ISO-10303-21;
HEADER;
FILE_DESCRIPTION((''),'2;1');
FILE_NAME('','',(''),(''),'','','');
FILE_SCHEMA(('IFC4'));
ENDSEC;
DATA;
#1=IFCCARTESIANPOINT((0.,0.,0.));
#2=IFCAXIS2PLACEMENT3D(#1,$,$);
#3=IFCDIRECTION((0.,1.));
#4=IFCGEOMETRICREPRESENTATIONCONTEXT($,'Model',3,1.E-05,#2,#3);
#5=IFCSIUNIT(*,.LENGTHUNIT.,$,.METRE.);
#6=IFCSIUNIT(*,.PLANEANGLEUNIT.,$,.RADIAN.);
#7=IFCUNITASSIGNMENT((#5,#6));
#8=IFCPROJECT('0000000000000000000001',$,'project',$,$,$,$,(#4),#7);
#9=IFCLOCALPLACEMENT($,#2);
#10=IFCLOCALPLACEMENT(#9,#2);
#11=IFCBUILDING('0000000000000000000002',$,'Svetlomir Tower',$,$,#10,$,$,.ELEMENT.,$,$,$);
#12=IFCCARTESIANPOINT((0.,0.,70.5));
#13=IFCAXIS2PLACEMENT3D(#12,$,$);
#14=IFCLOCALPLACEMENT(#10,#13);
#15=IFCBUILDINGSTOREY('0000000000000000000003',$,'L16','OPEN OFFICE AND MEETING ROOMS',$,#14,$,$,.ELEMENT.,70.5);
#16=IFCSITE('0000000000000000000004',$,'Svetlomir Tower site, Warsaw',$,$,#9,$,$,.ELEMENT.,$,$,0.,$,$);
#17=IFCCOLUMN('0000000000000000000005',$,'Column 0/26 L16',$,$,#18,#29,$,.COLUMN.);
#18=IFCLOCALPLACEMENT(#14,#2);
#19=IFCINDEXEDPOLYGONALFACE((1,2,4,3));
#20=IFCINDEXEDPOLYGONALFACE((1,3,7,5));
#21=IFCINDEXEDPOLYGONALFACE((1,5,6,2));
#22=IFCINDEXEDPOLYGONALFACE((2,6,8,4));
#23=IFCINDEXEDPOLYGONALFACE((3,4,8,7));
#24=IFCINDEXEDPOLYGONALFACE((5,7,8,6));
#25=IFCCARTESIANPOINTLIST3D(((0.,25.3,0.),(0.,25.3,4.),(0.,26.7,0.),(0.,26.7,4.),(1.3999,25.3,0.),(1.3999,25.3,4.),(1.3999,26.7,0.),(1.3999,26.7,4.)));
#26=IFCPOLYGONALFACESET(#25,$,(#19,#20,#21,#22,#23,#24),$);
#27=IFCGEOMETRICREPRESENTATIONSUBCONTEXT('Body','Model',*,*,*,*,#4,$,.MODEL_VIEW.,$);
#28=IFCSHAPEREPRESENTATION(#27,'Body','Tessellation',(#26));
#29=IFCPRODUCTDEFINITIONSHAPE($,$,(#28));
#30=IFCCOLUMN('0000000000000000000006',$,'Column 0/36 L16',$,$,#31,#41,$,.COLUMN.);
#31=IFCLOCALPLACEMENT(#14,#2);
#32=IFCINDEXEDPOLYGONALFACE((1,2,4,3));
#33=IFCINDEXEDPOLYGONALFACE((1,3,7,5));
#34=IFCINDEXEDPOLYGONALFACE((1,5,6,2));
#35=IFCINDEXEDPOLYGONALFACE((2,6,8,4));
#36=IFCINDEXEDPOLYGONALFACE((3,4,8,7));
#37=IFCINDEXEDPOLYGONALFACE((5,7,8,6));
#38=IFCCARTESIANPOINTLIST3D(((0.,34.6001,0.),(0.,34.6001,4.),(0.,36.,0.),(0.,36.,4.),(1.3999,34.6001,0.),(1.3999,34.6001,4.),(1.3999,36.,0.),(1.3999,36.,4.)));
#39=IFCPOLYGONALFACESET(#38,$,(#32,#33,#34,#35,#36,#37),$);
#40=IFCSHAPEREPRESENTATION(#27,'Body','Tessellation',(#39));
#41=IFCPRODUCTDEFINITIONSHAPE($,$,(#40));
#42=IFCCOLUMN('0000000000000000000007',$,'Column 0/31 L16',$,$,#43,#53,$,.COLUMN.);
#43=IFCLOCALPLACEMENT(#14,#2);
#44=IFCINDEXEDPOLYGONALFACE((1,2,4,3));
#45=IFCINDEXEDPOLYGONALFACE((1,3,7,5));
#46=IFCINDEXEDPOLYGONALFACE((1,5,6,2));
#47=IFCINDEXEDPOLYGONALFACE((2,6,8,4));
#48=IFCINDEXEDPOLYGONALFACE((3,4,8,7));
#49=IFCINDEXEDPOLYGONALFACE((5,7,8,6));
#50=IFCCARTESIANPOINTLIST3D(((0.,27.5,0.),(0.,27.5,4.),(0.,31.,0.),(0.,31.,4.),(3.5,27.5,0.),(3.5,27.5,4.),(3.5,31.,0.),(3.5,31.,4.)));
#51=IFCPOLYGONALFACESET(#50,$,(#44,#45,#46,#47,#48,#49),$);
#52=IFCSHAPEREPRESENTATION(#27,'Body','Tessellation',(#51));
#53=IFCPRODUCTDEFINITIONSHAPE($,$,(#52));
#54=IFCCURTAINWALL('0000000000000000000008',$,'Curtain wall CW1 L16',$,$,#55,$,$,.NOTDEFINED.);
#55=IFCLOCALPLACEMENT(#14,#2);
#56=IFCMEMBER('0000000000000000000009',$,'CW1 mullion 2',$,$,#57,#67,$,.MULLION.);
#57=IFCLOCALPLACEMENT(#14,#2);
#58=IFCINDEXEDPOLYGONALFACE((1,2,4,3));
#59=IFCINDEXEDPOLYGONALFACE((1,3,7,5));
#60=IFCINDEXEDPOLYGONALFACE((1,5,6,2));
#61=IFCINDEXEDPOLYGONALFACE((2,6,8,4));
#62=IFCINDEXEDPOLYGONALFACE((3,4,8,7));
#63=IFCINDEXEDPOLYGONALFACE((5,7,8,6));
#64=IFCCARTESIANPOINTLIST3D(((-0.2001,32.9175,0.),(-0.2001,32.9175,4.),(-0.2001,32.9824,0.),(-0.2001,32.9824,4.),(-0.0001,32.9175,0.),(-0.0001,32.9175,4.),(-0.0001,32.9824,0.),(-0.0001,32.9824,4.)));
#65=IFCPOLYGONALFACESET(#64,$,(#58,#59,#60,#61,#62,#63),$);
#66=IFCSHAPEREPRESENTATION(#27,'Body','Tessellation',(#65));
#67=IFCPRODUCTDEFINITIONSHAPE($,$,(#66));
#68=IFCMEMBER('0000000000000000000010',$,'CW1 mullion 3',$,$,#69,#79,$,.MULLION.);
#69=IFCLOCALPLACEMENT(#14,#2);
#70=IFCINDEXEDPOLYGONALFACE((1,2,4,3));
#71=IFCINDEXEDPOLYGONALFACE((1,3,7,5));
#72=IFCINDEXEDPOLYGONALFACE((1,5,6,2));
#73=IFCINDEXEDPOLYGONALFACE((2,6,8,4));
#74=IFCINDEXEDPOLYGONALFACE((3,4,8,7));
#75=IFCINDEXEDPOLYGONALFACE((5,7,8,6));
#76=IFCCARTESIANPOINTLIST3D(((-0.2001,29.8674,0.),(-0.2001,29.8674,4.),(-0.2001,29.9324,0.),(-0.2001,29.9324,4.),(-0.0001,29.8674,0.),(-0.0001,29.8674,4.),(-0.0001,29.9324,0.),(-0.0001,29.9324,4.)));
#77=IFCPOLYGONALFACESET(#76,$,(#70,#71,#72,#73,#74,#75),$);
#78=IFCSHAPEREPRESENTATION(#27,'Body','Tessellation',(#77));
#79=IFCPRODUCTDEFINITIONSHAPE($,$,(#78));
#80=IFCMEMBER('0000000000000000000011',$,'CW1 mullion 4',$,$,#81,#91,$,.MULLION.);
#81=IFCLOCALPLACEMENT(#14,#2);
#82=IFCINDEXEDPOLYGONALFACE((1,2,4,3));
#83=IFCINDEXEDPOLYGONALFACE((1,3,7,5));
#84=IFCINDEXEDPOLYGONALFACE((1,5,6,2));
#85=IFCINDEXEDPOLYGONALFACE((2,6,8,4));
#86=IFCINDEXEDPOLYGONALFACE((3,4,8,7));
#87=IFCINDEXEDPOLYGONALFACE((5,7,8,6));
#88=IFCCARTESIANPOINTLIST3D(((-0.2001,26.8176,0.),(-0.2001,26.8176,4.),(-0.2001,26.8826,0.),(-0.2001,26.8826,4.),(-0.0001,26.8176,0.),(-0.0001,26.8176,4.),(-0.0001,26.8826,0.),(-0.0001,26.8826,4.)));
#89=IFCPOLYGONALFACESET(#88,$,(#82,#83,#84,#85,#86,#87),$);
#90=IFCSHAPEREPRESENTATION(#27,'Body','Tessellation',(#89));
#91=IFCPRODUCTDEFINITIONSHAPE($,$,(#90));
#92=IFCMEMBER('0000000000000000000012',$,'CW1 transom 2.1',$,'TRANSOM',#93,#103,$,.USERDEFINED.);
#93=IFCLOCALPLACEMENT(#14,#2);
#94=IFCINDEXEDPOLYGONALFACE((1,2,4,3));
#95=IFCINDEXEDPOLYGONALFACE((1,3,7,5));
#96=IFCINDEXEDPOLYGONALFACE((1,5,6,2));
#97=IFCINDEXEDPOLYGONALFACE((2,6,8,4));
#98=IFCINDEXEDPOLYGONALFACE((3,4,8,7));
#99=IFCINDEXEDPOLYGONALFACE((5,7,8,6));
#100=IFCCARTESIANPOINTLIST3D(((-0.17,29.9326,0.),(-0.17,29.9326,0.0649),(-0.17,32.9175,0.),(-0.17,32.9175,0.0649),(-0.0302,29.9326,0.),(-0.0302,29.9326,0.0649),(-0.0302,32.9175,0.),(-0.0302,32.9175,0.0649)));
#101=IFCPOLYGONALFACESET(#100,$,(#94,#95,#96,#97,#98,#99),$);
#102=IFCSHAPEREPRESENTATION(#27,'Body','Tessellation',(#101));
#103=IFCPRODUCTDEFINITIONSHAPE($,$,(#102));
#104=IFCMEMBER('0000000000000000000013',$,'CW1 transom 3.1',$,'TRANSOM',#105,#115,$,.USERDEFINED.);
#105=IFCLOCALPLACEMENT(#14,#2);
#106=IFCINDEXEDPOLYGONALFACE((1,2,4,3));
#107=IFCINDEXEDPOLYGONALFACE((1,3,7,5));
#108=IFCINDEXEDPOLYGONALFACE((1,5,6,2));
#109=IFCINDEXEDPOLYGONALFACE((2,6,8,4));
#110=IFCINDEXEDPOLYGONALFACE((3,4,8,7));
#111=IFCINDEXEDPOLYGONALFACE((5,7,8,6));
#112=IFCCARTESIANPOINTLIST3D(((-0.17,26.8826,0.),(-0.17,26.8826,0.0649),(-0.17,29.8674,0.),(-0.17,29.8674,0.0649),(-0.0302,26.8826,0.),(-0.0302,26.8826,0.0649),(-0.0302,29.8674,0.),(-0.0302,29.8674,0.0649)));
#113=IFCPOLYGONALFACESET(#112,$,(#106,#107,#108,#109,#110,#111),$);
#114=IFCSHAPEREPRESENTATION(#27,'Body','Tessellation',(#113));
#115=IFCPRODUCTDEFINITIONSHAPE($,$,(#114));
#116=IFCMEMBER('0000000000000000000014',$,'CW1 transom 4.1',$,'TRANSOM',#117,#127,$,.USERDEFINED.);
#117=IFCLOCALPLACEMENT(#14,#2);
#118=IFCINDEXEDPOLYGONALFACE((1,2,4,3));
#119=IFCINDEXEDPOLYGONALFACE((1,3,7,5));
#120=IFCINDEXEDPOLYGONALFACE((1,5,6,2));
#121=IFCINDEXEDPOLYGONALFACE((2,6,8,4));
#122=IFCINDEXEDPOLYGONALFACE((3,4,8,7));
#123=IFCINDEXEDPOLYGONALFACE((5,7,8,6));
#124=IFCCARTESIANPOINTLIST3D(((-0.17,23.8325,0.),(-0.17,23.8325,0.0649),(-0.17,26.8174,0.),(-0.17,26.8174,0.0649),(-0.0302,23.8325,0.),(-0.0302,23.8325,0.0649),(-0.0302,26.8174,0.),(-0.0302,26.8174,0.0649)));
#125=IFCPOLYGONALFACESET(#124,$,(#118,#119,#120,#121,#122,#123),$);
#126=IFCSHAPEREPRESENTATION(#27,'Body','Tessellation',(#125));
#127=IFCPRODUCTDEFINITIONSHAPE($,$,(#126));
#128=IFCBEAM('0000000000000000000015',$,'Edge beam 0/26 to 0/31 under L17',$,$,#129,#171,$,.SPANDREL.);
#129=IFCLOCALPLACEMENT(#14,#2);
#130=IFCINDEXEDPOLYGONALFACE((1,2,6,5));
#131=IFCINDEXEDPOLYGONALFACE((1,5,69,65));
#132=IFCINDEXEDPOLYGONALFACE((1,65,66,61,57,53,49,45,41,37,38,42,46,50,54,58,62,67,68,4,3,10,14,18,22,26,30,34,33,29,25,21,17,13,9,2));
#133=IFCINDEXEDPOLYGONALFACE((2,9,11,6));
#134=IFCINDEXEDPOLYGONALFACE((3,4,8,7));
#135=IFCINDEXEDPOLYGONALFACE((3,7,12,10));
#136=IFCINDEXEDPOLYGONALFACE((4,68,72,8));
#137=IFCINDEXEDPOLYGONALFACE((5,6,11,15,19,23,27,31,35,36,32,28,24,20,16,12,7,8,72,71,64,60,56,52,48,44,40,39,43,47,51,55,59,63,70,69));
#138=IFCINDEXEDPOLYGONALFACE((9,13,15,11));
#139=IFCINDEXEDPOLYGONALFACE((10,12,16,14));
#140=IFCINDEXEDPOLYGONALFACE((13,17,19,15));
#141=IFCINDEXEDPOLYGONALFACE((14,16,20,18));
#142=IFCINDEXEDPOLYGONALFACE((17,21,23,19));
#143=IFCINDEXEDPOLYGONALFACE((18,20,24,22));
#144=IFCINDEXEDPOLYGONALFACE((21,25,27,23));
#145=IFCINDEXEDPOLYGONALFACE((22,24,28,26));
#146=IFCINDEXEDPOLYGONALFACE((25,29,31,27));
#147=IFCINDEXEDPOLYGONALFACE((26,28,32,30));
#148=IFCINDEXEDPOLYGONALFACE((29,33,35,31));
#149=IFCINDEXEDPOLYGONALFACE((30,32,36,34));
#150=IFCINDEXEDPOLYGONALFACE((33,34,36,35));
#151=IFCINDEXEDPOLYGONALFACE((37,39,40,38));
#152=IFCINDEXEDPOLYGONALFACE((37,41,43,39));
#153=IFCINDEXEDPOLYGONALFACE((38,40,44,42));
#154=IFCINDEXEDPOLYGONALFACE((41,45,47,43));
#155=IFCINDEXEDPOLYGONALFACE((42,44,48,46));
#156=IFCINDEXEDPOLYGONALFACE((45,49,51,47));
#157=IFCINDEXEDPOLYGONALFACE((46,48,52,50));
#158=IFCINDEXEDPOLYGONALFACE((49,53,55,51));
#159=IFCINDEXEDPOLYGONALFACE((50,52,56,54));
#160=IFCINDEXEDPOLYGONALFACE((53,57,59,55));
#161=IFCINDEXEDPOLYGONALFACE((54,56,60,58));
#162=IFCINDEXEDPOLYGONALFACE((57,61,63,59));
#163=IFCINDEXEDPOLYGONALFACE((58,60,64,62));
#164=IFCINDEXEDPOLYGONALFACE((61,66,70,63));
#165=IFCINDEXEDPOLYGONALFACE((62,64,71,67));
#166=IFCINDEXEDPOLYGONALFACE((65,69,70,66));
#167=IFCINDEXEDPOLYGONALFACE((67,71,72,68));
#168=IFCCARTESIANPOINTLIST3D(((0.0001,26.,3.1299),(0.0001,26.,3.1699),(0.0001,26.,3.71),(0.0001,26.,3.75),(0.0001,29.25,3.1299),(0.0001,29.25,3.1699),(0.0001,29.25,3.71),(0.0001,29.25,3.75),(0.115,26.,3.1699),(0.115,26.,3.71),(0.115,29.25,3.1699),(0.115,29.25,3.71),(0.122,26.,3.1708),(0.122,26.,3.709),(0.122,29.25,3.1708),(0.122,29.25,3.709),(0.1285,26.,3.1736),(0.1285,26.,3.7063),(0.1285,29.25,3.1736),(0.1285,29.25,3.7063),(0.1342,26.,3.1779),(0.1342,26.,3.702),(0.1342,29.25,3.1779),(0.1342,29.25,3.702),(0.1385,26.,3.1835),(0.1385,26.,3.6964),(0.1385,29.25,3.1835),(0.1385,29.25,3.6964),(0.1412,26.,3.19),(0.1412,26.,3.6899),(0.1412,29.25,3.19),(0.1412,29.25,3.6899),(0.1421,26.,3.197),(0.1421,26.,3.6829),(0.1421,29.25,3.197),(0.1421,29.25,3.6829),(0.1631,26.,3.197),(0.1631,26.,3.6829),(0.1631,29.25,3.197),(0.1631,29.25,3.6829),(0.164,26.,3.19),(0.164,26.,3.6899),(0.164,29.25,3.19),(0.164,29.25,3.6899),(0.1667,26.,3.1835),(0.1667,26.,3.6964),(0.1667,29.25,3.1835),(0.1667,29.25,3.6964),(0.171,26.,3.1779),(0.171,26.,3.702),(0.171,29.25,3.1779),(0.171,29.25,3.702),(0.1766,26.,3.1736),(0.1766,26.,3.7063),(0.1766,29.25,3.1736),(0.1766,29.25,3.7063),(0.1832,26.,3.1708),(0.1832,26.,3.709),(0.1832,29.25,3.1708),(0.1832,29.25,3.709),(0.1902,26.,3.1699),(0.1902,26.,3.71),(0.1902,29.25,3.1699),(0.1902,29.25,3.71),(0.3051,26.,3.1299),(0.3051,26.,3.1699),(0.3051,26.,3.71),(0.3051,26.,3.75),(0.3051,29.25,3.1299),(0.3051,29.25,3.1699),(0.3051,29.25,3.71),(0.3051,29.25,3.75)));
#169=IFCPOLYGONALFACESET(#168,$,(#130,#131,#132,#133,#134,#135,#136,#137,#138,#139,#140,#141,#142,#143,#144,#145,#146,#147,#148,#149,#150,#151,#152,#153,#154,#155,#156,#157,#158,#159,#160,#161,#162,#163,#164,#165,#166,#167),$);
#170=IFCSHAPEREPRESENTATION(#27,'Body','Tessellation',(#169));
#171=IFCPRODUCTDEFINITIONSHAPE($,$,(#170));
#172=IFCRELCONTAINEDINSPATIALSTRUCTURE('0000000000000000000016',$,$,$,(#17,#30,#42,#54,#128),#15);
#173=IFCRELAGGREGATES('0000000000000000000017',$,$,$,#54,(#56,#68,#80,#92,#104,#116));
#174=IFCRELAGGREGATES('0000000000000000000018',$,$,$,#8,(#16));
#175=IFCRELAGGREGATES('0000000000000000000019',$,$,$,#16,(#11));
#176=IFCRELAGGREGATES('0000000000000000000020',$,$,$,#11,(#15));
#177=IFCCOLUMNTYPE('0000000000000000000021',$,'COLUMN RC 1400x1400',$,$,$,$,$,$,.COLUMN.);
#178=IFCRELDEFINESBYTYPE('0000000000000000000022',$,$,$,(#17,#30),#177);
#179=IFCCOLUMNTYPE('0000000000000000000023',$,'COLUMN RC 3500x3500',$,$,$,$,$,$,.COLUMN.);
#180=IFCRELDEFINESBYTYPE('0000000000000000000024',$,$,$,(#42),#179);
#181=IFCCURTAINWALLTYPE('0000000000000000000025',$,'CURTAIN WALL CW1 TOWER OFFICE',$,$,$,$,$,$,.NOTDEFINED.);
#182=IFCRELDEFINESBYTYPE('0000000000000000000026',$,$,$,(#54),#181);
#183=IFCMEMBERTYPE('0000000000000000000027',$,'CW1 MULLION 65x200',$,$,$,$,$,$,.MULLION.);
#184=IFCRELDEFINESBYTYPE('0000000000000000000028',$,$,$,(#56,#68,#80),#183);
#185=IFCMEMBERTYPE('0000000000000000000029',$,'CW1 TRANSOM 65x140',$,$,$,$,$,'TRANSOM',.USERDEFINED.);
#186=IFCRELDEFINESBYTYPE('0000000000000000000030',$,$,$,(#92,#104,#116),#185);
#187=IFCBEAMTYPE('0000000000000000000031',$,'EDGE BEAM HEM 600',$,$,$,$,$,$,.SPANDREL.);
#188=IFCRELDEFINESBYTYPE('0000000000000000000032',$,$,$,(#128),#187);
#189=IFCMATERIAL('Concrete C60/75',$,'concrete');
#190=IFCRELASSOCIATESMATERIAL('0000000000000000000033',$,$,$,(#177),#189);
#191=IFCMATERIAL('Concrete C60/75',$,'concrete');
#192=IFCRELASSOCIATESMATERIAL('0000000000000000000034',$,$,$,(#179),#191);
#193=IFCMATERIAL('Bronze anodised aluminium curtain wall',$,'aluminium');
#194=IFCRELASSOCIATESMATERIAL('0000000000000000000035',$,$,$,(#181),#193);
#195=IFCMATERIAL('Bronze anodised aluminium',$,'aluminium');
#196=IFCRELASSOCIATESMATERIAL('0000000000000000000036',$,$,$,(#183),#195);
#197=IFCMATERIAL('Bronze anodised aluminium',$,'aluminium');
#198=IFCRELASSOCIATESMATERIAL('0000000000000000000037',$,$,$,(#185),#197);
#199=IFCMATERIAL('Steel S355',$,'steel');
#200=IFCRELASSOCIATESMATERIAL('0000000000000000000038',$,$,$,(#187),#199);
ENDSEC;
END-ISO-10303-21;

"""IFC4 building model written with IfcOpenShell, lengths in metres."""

from ifc_helpers import new_model, si_unit, direction, frame, origin, origin_2d, place, context, subcontext, project, spatial, rectangle, i_section, extrude, material, material_profile, profile_set, type_object, element, aggregate, save


model = new_model("IFC4")

# Units and contexts
model_context = context("Model", 3, precision=1e-05, world=origin(), true_north=direction((0.0, 1.0)))
body_context = subcontext(model_context, "Body", "Model", "MODEL_VIEW")
ifc_project = project(units=[si_unit("LENGTHUNIT", "METRE"), si_unit("PLANEANGLEUNIT", "RADIAN")], contexts=[model_context])

# Site, building, storey
site_placement = place(None, origin())
site = spatial("IfcSite", under=ifc_project, at=site_placement, Name="Svetlomir Tower site, Warsaw", CompositionType="ELEMENT", RefElevation=0.0)
building_placement = place(site_placement, origin())
building = spatial("IfcBuilding", under=site, at=building_placement, Name="Svetlomir Tower", CompositionType="ELEMENT")
storey_placement = place(building_placement, frame((0.0, 0.0, 70.5)))
storey = spatial("IfcBuildingStorey", under=building, at=storey_placement, Name="L16", Description="OPEN OFFICE AND MEETING ROOMS", CompositionType="ELEMENT", Elevation=70.5)

# Columns
ifc_material_1 = material(Name="Concrete C60/75", Category="concrete")
ifc_material_profile_1 = material_profile(ifc_material_1, rectangle(XDim=1.3999, YDim=1.3999, at=origin_2d()), Name="RC 1400x1400")
ifc_profile_set_1 = profile_set([ifc_material_profile_1], Name="Concrete C60/75")
column_type_1 = type_object("IfcColumnType", Name="COLUMN RC 1400x1400", PredefinedType="COLUMN", material=ifc_profile_set_1)
for number, where, z_axis, x_axis, name in (
    (1, (0.7, 26.0, 0.0), (0.0, 0.0, 1.0), (1.0, 0.0, 0.0), "Column 0/26 L16"),
    (2, (0.7, 35.3, 0.0), (0.0, 0.0, 1.0), (1.0, 0.0, 0.0), "Column 0/36 L16"),
):
    element("IfcColumn", number, at=place(storey_placement, frame(where, z_axis=z_axis, x_axis=x_axis)), inside=storey, type_object=column_type_1, Name=name, PredefinedType="COLUMN", context=body_context, shape_type="SweptSolid", body=[
        extrude(rectangle(XDim=1.3999, YDim=1.3999, at=origin_2d()), origin(), (0.0, 0.0, 1.0), 4.0),
    ])
ifc_material_2 = material(Name="Concrete C60/75", Category="concrete")
ifc_material_profile_2 = material_profile(ifc_material_2, rectangle(XDim=3.5, YDim=3.5, at=origin_2d()), Name="RC 3500x3500")
ifc_profile_set_2 = profile_set([ifc_material_profile_2], Name="Concrete C60/75")
column_type_2 = type_object("IfcColumnType", Name="COLUMN RC 3500x3500", PredefinedType="COLUMN", material=ifc_profile_set_2)
column_placement = place(storey_placement, frame((1.75, 29.25, 0.0), z_axis=(0.0, 0.0, 1.0), x_axis=(1.0, 0.0, 0.0)))
element("IfcColumn", 3, at=column_placement, inside=storey, type_object=column_type_2, Name="Column 0/31 L16", PredefinedType="COLUMN", context=body_context, shape_type="SweptSolid", body=[
    extrude(rectangle(XDim=3.5, YDim=3.5, at=origin_2d()), origin(), (0.0, 0.0, 1.0), 4.0),
])

# Curtain wall, members
ifc_material_3 = material(Name="Bronze anodised aluminium curtain wall", Category="aluminium")
curtain_wall_type = type_object("IfcCurtainWallType", Name="CURTAIN WALL CW1 TOWER OFFICE", PredefinedType="NOTDEFINED", material=ifc_material_3)
curtain_wall_placement = place(storey_placement, origin())
curtain_wall = element("IfcCurtainWall", 4, at=curtain_wall_placement, inside=storey, type_object=curtain_wall_type, Name="Curtain wall CW1 L16", PredefinedType="NOTDEFINED")
ifc_material_4 = material(Name="Bronze anodised aluminium", Category="aluminium")
ifc_material_profile_3 = material_profile(ifc_material_4, rectangle(XDim=0.0649, YDim=0.2, at=origin_2d()), Name="AL 65x200")
ifc_profile_set_3 = profile_set([ifc_material_profile_3], Name="Bronze anodised aluminium 6063-T6")
member_type_1 = type_object("IfcMemberType", Name="CW1 MULLION 65x200", PredefinedType="MULLION", material=ifc_profile_set_3)
member_1_placement = place(storey_placement, frame((-0.1001, 32.95, 0.0), z_axis=(0.0, 0.0, 1.0), x_axis=(0.0, -1.0, 0.0)))
member_1 = element("IfcMember", 5, at=member_1_placement, type_object=member_type_1, Name="CW1 mullion 2", PredefinedType="MULLION", context=body_context, shape_type="SweptSolid", body=[
    extrude(rectangle(XDim=0.0649, YDim=0.2, at=origin_2d()), origin(), (0.0, 0.0, 1.0), 4.0),
])
member_2_placement = place(storey_placement, frame((-0.1001, 29.8999, 0.0), z_axis=(0.0, 0.0, 1.0), x_axis=(0.0, -1.0, 0.0)))
member_2 = element("IfcMember", 6, at=member_2_placement, type_object=member_type_1, Name="CW1 mullion 3", PredefinedType="MULLION", context=body_context, shape_type="SweptSolid", body=[
    extrude(rectangle(XDim=0.0649, YDim=0.2, at=origin_2d()), origin(), (0.0, 0.0, 1.0), 4.0),
])
member_3_placement = place(storey_placement, frame((-0.1001, 26.8501, 0.0), z_axis=(0.0, 0.0, 1.0), x_axis=(0.0, -1.0, 0.0)))
member_3 = element("IfcMember", 7, at=member_3_placement, type_object=member_type_1, Name="CW1 mullion 4", PredefinedType="MULLION", context=body_context, shape_type="SweptSolid", body=[
    extrude(rectangle(XDim=0.0649, YDim=0.2, at=origin_2d()), origin(), (0.0, 0.0, 1.0), 4.0),
])
ifc_material_5 = material(Name="Bronze anodised aluminium", Category="aluminium")
ifc_material_profile_4 = material_profile(ifc_material_5, rectangle(XDim=0.1399, YDim=0.0649, at=origin_2d()), Name="AL 140x65")
ifc_profile_set_4 = profile_set([ifc_material_profile_4], Name="Bronze anodised aluminium 6063-T6")
member_type_2 = type_object("IfcMemberType", Name="CW1 TRANSOM 65x140", ElementType="TRANSOM", PredefinedType="USERDEFINED", material=ifc_profile_set_4)
member_4_placement = place(storey_placement, frame((-0.1001, 32.9175, 0.0325), z_axis=(0.0, -1.0, 0.0), x_axis=(1.0, 0.0, 0.0)))
member_4 = element("IfcMember", 8, at=member_4_placement, type_object=member_type_2, Name="CW1 transom 2.1", ObjectType="TRANSOM", PredefinedType="USERDEFINED", context=body_context, shape_type="SweptSolid", body=[
    extrude(rectangle(XDim=0.1399, YDim=0.0649, at=origin_2d()), origin(), (0.0, 0.0, 1.0), 2.9849),
])
member_5_placement = place(storey_placement, frame((-0.1001, 29.8674, 0.0325), z_axis=(0.0, -1.0, 0.0), x_axis=(1.0, 0.0, 0.0)))
member_5 = element("IfcMember", 9, at=member_5_placement, type_object=member_type_2, Name="CW1 transom 3.1", ObjectType="TRANSOM", PredefinedType="USERDEFINED", context=body_context, shape_type="SweptSolid", body=[
    extrude(rectangle(XDim=0.1399, YDim=0.0649, at=origin_2d()), origin(), (0.0, 0.0, 1.0), 2.9849),
])
member_6_placement = place(storey_placement, frame((-0.1001, 26.8174, 0.0325), z_axis=(0.0, -1.0, 0.0), x_axis=(1.0, 0.0, 0.0)))
member_6 = element("IfcMember", 10, at=member_6_placement, type_object=member_type_2, Name="CW1 transom 4.1", ObjectType="TRANSOM", PredefinedType="USERDEFINED", context=body_context, shape_type="SweptSolid", body=[
    extrude(rectangle(XDim=0.1399, YDim=0.0649, at=origin_2d()), origin(), (0.0, 0.0, 1.0), 2.9849),
])

# Beam
ifc_material_6 = material(Name="Steel S355", Category="steel")
ifc_material_profile_5 = material_profile(ifc_material_6, i_section(OverallWidth=0.3049, OverallDepth=0.6201, WebThickness=0.021, FlangeThickness=0.04, FilletRadius=0.0271, at=origin_2d()), Name="HEM 600")
ifc_profile_set_5 = profile_set([ifc_material_profile_5], Name="Steel S355")
beam_type = type_object("IfcBeamType", Name="EDGE BEAM HEM 600", PredefinedType="SPANDREL", material=ifc_profile_set_5)
beam_1_placement = place(storey_placement, frame((0.1526, 26.0, 3.4399), z_axis=(0.0, 1.0, 0.0), x_axis=(-1.0, 0.0, 0.0)))
element("IfcBeam", 11, at=beam_1_placement, inside=storey, type_object=beam_type, Name="Edge beam 0/26 to 0/31 under L17", PredefinedType="SPANDREL", context=body_context, shape_type="SweptSolid", body=[
    extrude(i_section(OverallWidth=0.3049, OverallDepth=0.6201, WebThickness=0.021, FlangeThickness=0.04, FilletRadius=0.0271, at=origin_2d()), origin(), (0.0, 0.0, 1.0), 3.25),
])

aggregate(curtain_wall, [member_1, member_2, member_3, member_4, member_5, member_6])

save(model, "model.ifc")
